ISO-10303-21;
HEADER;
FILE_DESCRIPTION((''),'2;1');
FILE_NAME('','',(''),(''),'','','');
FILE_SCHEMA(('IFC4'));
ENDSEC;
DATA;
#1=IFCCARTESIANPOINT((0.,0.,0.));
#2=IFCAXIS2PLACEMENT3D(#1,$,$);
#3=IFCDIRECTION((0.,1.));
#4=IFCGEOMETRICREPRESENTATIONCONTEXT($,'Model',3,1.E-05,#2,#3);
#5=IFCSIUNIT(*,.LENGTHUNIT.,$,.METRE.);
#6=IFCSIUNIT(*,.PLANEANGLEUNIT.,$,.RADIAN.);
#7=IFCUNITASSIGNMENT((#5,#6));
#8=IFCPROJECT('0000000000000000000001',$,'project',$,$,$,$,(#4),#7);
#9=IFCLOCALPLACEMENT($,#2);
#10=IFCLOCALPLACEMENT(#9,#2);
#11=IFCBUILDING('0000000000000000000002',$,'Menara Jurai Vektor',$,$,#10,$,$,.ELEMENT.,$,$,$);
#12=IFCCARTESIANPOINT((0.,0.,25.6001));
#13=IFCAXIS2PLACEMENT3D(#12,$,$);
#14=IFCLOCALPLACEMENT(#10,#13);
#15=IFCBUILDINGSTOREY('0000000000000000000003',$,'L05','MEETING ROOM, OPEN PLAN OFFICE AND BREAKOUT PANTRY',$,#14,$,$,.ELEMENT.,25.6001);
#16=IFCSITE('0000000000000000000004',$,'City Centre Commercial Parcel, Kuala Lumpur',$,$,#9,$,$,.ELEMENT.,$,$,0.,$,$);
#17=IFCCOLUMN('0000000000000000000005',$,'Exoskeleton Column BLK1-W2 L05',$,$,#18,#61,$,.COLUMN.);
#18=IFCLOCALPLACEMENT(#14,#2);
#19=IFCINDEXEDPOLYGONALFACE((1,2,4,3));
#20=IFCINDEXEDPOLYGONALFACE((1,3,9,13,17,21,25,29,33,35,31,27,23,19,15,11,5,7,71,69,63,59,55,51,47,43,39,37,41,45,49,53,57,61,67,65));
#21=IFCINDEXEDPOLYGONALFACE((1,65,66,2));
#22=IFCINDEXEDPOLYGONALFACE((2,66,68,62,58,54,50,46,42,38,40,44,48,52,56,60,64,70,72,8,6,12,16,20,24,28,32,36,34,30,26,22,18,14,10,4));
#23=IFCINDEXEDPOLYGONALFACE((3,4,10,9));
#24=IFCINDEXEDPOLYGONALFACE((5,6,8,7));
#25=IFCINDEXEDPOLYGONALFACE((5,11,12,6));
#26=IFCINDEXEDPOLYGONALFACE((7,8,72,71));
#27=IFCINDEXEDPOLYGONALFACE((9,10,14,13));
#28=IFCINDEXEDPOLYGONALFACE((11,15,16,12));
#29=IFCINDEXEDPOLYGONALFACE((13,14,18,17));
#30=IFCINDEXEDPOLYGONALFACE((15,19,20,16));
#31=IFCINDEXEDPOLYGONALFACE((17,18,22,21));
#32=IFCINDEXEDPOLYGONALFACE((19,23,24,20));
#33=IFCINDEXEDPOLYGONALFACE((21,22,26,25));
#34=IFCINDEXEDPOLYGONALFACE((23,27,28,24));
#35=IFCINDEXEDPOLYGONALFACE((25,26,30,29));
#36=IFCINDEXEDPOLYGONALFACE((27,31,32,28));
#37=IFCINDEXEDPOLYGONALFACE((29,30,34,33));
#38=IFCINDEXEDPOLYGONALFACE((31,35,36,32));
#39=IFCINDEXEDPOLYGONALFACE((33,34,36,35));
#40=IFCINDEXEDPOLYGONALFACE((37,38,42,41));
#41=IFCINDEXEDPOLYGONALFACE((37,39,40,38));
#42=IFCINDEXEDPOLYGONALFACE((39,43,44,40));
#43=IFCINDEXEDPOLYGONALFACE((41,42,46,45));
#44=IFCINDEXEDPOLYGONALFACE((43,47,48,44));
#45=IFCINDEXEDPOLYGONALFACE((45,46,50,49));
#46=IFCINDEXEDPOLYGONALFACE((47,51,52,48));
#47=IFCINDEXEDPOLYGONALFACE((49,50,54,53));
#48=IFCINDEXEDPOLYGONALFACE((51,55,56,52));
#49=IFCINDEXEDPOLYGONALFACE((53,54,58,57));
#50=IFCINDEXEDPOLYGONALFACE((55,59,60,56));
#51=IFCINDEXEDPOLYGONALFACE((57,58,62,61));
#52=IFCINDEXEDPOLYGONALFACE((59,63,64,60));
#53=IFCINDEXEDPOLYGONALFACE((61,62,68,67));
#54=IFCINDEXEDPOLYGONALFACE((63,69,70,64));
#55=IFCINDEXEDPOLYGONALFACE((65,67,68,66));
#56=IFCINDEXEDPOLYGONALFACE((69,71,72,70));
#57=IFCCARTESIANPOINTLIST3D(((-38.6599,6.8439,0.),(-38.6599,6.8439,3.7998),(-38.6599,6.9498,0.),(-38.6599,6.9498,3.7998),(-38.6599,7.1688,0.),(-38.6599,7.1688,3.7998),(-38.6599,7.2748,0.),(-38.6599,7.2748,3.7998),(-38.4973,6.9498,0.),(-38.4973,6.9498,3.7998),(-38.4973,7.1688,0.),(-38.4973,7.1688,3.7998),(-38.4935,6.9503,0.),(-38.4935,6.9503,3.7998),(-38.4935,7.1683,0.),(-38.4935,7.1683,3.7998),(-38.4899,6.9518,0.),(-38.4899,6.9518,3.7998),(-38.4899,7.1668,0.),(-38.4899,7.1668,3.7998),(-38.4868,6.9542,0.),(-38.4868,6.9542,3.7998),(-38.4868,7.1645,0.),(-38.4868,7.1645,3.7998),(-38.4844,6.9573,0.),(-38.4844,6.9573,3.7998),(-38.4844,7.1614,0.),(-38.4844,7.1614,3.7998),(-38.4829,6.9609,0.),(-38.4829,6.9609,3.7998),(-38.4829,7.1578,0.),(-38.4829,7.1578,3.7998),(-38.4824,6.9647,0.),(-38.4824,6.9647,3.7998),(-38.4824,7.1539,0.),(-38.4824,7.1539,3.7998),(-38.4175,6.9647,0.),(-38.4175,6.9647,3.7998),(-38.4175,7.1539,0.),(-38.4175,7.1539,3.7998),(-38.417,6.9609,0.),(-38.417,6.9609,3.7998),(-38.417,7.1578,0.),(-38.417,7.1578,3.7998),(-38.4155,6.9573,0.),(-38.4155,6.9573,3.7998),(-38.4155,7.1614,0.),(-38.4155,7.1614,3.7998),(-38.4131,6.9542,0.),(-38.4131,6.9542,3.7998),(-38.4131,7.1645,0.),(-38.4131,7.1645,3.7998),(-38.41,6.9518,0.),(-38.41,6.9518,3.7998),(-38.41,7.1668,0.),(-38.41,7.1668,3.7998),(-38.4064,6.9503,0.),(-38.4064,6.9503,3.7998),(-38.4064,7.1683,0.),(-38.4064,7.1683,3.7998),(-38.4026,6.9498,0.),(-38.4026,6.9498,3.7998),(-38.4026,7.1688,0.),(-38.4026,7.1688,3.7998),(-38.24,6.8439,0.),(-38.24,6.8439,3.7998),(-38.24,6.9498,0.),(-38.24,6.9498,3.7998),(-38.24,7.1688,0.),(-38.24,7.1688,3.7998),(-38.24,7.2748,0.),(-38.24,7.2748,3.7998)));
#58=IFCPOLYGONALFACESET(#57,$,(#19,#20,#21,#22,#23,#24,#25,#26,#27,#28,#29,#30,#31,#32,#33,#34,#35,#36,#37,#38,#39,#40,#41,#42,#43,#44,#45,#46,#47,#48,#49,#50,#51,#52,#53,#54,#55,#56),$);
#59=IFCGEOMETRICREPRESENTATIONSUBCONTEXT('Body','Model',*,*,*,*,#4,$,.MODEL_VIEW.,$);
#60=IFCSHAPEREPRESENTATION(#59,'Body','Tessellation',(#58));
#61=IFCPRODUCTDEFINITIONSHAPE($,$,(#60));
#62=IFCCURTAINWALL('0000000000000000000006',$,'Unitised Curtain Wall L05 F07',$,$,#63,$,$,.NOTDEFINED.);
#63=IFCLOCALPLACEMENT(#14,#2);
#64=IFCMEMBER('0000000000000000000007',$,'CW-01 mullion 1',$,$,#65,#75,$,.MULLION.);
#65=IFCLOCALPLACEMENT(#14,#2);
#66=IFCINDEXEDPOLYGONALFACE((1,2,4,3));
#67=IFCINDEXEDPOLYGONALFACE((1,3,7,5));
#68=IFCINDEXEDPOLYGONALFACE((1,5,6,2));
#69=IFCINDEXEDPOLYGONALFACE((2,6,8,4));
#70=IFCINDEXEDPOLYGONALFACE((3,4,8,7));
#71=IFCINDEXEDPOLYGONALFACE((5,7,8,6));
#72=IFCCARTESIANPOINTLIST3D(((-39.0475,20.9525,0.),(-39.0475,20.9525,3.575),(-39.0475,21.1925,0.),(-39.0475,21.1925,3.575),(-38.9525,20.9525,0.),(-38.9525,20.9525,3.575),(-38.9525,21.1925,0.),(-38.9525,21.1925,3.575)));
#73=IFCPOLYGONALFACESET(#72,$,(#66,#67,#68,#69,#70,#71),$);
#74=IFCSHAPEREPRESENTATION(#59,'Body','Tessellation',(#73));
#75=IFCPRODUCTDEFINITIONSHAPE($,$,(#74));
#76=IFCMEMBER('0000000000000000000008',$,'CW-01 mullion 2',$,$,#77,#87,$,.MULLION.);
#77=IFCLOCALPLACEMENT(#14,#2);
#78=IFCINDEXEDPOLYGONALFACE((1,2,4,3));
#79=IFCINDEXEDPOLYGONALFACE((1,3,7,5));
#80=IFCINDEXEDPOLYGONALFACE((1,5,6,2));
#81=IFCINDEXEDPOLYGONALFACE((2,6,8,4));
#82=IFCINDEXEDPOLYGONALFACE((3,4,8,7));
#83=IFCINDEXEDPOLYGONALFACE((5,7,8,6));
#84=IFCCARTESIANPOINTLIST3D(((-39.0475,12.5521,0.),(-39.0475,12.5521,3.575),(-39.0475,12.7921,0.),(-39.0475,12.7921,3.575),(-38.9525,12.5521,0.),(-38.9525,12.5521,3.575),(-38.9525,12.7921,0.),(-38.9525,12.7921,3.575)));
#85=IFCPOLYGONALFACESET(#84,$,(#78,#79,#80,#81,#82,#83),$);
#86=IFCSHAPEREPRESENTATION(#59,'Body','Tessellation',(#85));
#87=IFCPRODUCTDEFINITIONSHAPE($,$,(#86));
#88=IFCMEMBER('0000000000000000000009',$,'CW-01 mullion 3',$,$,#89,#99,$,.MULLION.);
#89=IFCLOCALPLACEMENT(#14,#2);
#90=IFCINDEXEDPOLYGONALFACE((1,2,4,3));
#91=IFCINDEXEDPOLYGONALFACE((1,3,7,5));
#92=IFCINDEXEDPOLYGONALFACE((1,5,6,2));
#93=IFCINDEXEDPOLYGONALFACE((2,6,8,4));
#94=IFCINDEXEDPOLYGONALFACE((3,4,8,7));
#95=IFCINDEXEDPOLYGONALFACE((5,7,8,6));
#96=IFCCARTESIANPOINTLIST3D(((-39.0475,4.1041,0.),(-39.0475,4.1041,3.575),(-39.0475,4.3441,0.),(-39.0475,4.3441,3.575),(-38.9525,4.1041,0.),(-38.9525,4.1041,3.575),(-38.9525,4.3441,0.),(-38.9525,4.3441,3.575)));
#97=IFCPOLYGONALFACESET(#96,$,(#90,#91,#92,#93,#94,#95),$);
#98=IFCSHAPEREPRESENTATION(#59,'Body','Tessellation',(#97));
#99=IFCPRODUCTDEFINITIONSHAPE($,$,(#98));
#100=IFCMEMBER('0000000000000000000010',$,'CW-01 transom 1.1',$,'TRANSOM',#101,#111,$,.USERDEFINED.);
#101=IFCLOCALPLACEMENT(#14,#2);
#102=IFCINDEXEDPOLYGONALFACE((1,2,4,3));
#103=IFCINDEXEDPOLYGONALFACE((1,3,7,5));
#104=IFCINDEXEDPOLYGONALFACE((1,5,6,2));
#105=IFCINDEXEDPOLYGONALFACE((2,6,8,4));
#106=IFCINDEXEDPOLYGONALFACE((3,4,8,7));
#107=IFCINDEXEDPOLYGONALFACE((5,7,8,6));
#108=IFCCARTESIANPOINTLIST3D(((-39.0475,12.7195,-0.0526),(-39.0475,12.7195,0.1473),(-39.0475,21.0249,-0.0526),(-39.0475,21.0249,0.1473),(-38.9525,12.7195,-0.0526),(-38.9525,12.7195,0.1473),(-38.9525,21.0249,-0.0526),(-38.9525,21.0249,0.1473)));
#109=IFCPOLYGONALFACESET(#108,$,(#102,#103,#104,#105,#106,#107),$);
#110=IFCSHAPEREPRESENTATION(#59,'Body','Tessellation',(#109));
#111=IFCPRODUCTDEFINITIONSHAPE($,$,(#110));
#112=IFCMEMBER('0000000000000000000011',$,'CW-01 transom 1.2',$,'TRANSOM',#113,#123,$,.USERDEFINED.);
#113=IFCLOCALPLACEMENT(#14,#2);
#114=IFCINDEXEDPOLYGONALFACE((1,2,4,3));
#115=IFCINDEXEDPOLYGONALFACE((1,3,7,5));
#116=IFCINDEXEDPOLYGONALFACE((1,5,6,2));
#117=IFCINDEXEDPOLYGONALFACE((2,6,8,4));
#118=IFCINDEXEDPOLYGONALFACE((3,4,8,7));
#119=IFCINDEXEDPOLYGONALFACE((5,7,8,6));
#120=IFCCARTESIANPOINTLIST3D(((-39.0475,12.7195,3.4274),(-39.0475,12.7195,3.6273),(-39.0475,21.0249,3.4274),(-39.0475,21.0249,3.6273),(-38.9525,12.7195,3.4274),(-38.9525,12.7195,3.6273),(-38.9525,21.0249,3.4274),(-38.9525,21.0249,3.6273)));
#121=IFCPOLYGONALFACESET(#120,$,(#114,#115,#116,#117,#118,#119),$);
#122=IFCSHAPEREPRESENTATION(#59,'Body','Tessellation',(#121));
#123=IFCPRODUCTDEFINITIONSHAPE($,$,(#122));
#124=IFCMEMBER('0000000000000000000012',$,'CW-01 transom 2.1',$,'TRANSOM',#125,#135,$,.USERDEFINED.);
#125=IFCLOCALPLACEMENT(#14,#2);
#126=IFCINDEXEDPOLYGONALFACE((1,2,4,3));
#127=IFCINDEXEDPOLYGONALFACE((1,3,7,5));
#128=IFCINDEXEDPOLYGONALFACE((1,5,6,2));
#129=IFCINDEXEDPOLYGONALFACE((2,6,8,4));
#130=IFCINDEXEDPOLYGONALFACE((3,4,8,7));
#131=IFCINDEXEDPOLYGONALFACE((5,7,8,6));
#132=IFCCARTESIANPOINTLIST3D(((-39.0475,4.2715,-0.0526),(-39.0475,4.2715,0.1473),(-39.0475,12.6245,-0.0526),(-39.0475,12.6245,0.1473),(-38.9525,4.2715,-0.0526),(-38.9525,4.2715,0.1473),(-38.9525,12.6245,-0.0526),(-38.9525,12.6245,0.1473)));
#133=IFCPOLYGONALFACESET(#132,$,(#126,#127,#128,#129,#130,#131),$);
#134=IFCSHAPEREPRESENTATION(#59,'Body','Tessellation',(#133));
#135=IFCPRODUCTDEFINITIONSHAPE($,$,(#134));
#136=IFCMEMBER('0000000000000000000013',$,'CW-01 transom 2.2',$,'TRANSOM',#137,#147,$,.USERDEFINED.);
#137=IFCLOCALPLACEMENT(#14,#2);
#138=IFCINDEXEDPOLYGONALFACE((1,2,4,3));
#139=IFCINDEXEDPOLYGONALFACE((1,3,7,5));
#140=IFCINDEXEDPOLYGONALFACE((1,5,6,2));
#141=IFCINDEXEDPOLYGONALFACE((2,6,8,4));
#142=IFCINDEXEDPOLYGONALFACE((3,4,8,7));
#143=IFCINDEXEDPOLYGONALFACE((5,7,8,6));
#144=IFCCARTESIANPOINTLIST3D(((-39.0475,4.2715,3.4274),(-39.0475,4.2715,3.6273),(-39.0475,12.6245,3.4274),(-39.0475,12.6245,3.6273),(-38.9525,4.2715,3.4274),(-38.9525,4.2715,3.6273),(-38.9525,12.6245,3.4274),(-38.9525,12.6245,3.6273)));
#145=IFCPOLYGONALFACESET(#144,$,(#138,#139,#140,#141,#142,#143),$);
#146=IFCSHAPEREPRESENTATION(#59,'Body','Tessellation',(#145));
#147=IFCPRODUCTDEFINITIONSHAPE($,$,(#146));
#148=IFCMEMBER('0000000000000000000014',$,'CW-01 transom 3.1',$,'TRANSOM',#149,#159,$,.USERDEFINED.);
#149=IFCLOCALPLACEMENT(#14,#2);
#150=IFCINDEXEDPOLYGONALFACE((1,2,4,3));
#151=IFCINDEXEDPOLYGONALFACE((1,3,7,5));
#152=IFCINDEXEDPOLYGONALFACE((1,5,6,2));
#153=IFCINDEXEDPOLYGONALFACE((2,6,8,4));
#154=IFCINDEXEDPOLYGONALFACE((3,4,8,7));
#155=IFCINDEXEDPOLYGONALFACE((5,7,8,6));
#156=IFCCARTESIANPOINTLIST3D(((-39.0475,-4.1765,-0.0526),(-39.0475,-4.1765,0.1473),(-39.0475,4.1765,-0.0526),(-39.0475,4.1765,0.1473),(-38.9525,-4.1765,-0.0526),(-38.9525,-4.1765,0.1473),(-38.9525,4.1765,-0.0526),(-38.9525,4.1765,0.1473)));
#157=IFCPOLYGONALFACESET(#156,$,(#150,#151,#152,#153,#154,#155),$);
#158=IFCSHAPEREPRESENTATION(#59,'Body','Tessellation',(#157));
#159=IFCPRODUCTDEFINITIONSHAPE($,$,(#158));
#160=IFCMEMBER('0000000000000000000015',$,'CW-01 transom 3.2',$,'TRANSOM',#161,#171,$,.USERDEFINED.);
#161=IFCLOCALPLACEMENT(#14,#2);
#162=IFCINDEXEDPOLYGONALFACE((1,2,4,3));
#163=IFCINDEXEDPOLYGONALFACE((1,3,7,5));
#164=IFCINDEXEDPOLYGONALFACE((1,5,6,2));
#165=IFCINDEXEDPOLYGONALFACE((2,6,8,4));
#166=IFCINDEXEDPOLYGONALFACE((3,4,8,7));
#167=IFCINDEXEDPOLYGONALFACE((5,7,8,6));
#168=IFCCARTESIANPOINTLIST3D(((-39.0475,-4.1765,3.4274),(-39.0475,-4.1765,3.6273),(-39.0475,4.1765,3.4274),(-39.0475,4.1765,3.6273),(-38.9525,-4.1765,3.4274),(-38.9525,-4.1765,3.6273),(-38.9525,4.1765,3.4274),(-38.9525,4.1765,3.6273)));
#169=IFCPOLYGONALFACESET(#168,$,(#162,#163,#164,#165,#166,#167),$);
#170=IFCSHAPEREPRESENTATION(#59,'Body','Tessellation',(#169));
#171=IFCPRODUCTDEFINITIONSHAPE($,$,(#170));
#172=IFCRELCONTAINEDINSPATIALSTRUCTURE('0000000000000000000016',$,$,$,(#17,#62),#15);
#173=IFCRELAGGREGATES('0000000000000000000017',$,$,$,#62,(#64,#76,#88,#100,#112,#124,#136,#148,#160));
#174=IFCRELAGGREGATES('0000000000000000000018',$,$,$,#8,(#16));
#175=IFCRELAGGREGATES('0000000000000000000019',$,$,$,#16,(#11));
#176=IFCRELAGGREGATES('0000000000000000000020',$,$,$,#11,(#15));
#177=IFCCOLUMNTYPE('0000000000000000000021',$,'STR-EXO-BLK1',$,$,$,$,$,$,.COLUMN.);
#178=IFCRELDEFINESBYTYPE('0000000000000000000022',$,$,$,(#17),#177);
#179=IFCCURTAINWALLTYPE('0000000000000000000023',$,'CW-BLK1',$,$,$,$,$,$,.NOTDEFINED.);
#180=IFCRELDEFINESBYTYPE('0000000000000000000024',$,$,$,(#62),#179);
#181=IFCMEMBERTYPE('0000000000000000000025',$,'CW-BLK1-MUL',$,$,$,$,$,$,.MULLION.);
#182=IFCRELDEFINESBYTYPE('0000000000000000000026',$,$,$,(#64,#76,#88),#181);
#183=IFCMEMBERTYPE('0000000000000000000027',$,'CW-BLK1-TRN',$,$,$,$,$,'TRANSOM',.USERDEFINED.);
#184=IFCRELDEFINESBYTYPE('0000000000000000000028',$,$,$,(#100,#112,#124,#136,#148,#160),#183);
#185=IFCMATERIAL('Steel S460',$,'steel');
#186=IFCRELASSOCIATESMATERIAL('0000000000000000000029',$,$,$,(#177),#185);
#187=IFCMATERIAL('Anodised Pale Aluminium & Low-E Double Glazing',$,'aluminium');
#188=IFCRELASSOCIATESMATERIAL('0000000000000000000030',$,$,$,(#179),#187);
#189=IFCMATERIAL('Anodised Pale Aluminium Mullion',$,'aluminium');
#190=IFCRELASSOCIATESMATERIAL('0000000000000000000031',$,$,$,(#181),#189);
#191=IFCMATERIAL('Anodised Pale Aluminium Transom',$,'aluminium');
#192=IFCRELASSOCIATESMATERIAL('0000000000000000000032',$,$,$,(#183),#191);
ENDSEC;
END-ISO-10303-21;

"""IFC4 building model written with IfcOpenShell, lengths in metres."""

from ifc_helpers import new_model, si_unit, direction, frame, origin, origin_2d, place, context, subcontext, project, spatial, rectangle, i_section, extrude, material, material_profile, profile_set, type_object, element, aggregate, save


model = new_model("IFC4")

# Units and contexts
model_context = context("Model", 3, precision=1e-05, world=origin(), true_north=direction((0.0, 1.0)))
body_context = subcontext(model_context, "Body", "Model", "MODEL_VIEW")
ifc_project = project(units=[si_unit("LENGTHUNIT", "METRE"), si_unit("PLANEANGLEUNIT", "RADIAN")], contexts=[model_context])

# Site, building, storey
site_placement = place(None, origin())
site = spatial("IfcSite", under=ifc_project, at=site_placement, Name="City Centre Commercial Parcel, Kuala Lumpur", CompositionType="ELEMENT", RefElevation=0.0)
building_placement = place(site_placement, origin())
building = spatial("IfcBuilding", under=site, at=building_placement, Name="Menara Jurai Vektor", CompositionType="ELEMENT")
storey_placement = place(building_placement, frame((0.0, 0.0, 25.6001)))
storey = spatial("IfcBuildingStorey", under=building, at=storey_placement, Name="L05", Description="MEETING ROOM, OPEN PLAN OFFICE AND BREAKOUT PANTRY", CompositionType="ELEMENT", Elevation=25.6001)

# Column
ifc_material_1 = material(Name="Steel S460", Category="steel")
ifc_material_profile_1 = material_profile(ifc_material_1, i_section(OverallWidth=0.4199, OverallDepth=0.4309, WebThickness=0.0649, FlangeThickness=0.106, FilletRadius=0.0149, at=origin_2d()), Name="HD 400x900")
ifc_profile_set_1 = profile_set([ifc_material_profile_1], Name="Steel S460")
column_type = type_object("IfcColumnType", Name="STR-EXO-BLK1", PredefinedType="COLUMN", material=ifc_profile_set_1)
column_placement = place(storey_placement, frame((-38.45, 7.0593, 0.0), z_axis=(0.0, 0.0, 1.0), x_axis=(1.0, 0.0, 0.0)))
element("IfcColumn", 1, at=column_placement, inside=storey, type_object=column_type, Name="Exoskeleton Column BLK1-W2 L05", PredefinedType="COLUMN", context=body_context, shape_type="SweptSolid", body=[
    extrude(i_section(OverallWidth=0.4199, OverallDepth=0.4309, WebThickness=0.0649, FlangeThickness=0.106, FilletRadius=0.0149, at=origin_2d()), origin(), (0.0, 0.0, 1.0), 3.7998),
])

# Curtain wall, members
ifc_material_2 = material(Name="Anodised Pale Aluminium & Low-E Double Glazing", Category="aluminium")
curtain_wall_type = type_object("IfcCurtainWallType", Name="CW-BLK1", PredefinedType="NOTDEFINED", material=ifc_material_2)
curtain_wall_placement = place(storey_placement, origin())
curtain_wall = element("IfcCurtainWall", 2, at=curtain_wall_placement, inside=storey, type_object=curtain_wall_type, Name="Unitised Curtain Wall L05 F07", PredefinedType="NOTDEFINED")
ifc_material_3 = material(Name="Anodised Pale Aluminium Mullion", Category="aluminium")
ifc_material_profile_2 = material_profile(ifc_material_3, rectangle(XDim=0.095, YDim=0.24, at=origin_2d()), Name="ALU MUL 95x240")
ifc_profile_set_2 = profile_set([ifc_material_profile_2], Name="Anodised Pale Aluminium Mullion")
member_type_1 = type_object("IfcMemberType", Name="CW-BLK1-MUL", PredefinedType="MULLION", material=ifc_profile_set_2)
member_1_placement = place(storey_placement, frame((-39.0, 21.0725, 0.0), z_axis=(0.0, 0.0, 1.0), x_axis=(1.0, 0.0, 0.0)))
member_1 = element("IfcMember", 3, at=member_1_placement, type_object=member_type_1, Name="CW-01 mullion 1", PredefinedType="MULLION", context=body_context, shape_type="SweptSolid", body=[
    extrude(rectangle(XDim=0.095, YDim=0.24, at=origin_2d()), origin(), (0.0, 0.0, 1.0), 3.575),
])
member_2_placement = place(storey_placement, frame((-39.0, 12.6721, 0.0), z_axis=(0.0, 0.0, 1.0), x_axis=(1.0, 0.0, 0.0)))
member_2 = element("IfcMember", 4, at=member_2_placement, type_object=member_type_1, Name="CW-01 mullion 2", PredefinedType="MULLION", context=body_context, shape_type="SweptSolid", body=[
    extrude(rectangle(XDim=0.095, YDim=0.24, at=origin_2d()), origin(), (0.0, 0.0, 1.0), 3.575),
])
member_3_placement = place(storey_placement, frame((-39.0, 4.2241, 0.0), z_axis=(0.0, 0.0, 1.0), x_axis=(1.0, 0.0, 0.0)))
member_3 = element("IfcMember", 5, at=member_3_placement, type_object=member_type_1, Name="CW-01 mullion 3", PredefinedType="MULLION", context=body_context, shape_type="SweptSolid", body=[
    extrude(rectangle(XDim=0.095, YDim=0.24, at=origin_2d()), origin(), (0.0, 0.0, 1.0), 3.575),
])
ifc_material_4 = material(Name="Anodised Pale Aluminium Transom", Category="aluminium")
ifc_material_profile_3 = material_profile(ifc_material_4, rectangle(XDim=0.095, YDim=0.2, at=origin_2d()), Name="ALU TRN 95x200")
ifc_profile_set_3 = profile_set([ifc_material_profile_3], Name="Anodised Pale Aluminium Transom")
member_type_2 = type_object("IfcMemberType", Name="CW-BLK1-TRN", ElementType="TRANSOM", PredefinedType="USERDEFINED", material=ifc_profile_set_3)
member_4_placement = place(storey_placement, frame((-39.0, 21.0249, 0.0474), z_axis=(0.0, -1.0, 0.0), x_axis=(1.0, 0.0, 0.0)))
member_4 = element("IfcMember", 6, at=member_4_placement, type_object=member_type_2, Name="CW-01 transom 1.1", ObjectType="TRANSOM", PredefinedType="USERDEFINED", context=body_context, shape_type="SweptSolid", body=[
    extrude(rectangle(XDim=0.095, YDim=0.2, at=origin_2d()), origin(), (0.0, 0.0, 1.0), 8.3054),
])
member_5_placement = place(storey_placement, frame((-39.0, 21.0249, 3.5273), z_axis=(0.0, -1.0, 0.0), x_axis=(1.0, 0.0, 0.0)))
member_5 = element("IfcMember", 7, at=member_5_placement, type_object=member_type_2, Name="CW-01 transom 1.2", ObjectType="TRANSOM", PredefinedType="USERDEFINED", context=body_context, shape_type="SweptSolid", body=[
    extrude(rectangle(XDim=0.095, YDim=0.2, at=origin_2d()), origin(), (0.0, 0.0, 1.0), 8.3054),
])
member_6_placement = place(storey_placement, frame((-39.0, 12.6245, 0.0474), z_axis=(0.0, -1.0, 0.0), x_axis=(1.0, 0.0, 0.0)))
member_6 = element("IfcMember", 8, at=member_6_placement, type_object=member_type_2, Name="CW-01 transom 2.1", ObjectType="TRANSOM", PredefinedType="USERDEFINED", context=body_context, shape_type="SweptSolid", body=[
    extrude(rectangle(XDim=0.095, YDim=0.2, at=origin_2d()), origin(), (0.0, 0.0, 1.0), 8.353),
])
member_7_placement = place(storey_placement, frame((-39.0, 12.6245, 3.5273), z_axis=(0.0, -1.0, 0.0), x_axis=(1.0, 0.0, 0.0)))
member_7 = element("IfcMember", 9, at=member_7_placement, type_object=member_type_2, Name="CW-01 transom 2.2", ObjectType="TRANSOM", PredefinedType="USERDEFINED", context=body_context, shape_type="SweptSolid", body=[
    extrude(rectangle(XDim=0.095, YDim=0.2, at=origin_2d()), origin(), (0.0, 0.0, 1.0), 8.353),
])
member_8_placement = place(storey_placement, frame((-39.0, 4.1765, 0.0474), z_axis=(0.0, -1.0, 0.0), x_axis=(1.0, 0.0, 0.0)))
member_8 = element("IfcMember", 10, at=member_8_placement, type_object=member_type_2, Name="CW-01 transom 3.1", ObjectType="TRANSOM", PredefinedType="USERDEFINED", context=body_context, shape_type="SweptSolid", body=[
    extrude(rectangle(XDim=0.095, YDim=0.2, at=origin_2d()), origin(), (0.0, 0.0, 1.0), 8.353),
])
member_9_placement = place(storey_placement, frame((-39.0, 4.1765, 3.5273), z_axis=(0.0, -1.0, 0.0), x_axis=(1.0, 0.0, 0.0)))
member_9 = element("IfcMember", 11, at=member_9_placement, type_object=member_type_2, Name="CW-01 transom 3.2", ObjectType="TRANSOM", PredefinedType="USERDEFINED", context=body_context, shape_type="SweptSolid", body=[
    extrude(rectangle(XDim=0.095, YDim=0.2, at=origin_2d()), origin(), (0.0, 0.0, 1.0), 8.353),
])

aggregate(curtain_wall, [member_1, member_2, member_3, member_4, member_5, member_6, member_7, member_8, member_9])

save(model, "model.ifc")
